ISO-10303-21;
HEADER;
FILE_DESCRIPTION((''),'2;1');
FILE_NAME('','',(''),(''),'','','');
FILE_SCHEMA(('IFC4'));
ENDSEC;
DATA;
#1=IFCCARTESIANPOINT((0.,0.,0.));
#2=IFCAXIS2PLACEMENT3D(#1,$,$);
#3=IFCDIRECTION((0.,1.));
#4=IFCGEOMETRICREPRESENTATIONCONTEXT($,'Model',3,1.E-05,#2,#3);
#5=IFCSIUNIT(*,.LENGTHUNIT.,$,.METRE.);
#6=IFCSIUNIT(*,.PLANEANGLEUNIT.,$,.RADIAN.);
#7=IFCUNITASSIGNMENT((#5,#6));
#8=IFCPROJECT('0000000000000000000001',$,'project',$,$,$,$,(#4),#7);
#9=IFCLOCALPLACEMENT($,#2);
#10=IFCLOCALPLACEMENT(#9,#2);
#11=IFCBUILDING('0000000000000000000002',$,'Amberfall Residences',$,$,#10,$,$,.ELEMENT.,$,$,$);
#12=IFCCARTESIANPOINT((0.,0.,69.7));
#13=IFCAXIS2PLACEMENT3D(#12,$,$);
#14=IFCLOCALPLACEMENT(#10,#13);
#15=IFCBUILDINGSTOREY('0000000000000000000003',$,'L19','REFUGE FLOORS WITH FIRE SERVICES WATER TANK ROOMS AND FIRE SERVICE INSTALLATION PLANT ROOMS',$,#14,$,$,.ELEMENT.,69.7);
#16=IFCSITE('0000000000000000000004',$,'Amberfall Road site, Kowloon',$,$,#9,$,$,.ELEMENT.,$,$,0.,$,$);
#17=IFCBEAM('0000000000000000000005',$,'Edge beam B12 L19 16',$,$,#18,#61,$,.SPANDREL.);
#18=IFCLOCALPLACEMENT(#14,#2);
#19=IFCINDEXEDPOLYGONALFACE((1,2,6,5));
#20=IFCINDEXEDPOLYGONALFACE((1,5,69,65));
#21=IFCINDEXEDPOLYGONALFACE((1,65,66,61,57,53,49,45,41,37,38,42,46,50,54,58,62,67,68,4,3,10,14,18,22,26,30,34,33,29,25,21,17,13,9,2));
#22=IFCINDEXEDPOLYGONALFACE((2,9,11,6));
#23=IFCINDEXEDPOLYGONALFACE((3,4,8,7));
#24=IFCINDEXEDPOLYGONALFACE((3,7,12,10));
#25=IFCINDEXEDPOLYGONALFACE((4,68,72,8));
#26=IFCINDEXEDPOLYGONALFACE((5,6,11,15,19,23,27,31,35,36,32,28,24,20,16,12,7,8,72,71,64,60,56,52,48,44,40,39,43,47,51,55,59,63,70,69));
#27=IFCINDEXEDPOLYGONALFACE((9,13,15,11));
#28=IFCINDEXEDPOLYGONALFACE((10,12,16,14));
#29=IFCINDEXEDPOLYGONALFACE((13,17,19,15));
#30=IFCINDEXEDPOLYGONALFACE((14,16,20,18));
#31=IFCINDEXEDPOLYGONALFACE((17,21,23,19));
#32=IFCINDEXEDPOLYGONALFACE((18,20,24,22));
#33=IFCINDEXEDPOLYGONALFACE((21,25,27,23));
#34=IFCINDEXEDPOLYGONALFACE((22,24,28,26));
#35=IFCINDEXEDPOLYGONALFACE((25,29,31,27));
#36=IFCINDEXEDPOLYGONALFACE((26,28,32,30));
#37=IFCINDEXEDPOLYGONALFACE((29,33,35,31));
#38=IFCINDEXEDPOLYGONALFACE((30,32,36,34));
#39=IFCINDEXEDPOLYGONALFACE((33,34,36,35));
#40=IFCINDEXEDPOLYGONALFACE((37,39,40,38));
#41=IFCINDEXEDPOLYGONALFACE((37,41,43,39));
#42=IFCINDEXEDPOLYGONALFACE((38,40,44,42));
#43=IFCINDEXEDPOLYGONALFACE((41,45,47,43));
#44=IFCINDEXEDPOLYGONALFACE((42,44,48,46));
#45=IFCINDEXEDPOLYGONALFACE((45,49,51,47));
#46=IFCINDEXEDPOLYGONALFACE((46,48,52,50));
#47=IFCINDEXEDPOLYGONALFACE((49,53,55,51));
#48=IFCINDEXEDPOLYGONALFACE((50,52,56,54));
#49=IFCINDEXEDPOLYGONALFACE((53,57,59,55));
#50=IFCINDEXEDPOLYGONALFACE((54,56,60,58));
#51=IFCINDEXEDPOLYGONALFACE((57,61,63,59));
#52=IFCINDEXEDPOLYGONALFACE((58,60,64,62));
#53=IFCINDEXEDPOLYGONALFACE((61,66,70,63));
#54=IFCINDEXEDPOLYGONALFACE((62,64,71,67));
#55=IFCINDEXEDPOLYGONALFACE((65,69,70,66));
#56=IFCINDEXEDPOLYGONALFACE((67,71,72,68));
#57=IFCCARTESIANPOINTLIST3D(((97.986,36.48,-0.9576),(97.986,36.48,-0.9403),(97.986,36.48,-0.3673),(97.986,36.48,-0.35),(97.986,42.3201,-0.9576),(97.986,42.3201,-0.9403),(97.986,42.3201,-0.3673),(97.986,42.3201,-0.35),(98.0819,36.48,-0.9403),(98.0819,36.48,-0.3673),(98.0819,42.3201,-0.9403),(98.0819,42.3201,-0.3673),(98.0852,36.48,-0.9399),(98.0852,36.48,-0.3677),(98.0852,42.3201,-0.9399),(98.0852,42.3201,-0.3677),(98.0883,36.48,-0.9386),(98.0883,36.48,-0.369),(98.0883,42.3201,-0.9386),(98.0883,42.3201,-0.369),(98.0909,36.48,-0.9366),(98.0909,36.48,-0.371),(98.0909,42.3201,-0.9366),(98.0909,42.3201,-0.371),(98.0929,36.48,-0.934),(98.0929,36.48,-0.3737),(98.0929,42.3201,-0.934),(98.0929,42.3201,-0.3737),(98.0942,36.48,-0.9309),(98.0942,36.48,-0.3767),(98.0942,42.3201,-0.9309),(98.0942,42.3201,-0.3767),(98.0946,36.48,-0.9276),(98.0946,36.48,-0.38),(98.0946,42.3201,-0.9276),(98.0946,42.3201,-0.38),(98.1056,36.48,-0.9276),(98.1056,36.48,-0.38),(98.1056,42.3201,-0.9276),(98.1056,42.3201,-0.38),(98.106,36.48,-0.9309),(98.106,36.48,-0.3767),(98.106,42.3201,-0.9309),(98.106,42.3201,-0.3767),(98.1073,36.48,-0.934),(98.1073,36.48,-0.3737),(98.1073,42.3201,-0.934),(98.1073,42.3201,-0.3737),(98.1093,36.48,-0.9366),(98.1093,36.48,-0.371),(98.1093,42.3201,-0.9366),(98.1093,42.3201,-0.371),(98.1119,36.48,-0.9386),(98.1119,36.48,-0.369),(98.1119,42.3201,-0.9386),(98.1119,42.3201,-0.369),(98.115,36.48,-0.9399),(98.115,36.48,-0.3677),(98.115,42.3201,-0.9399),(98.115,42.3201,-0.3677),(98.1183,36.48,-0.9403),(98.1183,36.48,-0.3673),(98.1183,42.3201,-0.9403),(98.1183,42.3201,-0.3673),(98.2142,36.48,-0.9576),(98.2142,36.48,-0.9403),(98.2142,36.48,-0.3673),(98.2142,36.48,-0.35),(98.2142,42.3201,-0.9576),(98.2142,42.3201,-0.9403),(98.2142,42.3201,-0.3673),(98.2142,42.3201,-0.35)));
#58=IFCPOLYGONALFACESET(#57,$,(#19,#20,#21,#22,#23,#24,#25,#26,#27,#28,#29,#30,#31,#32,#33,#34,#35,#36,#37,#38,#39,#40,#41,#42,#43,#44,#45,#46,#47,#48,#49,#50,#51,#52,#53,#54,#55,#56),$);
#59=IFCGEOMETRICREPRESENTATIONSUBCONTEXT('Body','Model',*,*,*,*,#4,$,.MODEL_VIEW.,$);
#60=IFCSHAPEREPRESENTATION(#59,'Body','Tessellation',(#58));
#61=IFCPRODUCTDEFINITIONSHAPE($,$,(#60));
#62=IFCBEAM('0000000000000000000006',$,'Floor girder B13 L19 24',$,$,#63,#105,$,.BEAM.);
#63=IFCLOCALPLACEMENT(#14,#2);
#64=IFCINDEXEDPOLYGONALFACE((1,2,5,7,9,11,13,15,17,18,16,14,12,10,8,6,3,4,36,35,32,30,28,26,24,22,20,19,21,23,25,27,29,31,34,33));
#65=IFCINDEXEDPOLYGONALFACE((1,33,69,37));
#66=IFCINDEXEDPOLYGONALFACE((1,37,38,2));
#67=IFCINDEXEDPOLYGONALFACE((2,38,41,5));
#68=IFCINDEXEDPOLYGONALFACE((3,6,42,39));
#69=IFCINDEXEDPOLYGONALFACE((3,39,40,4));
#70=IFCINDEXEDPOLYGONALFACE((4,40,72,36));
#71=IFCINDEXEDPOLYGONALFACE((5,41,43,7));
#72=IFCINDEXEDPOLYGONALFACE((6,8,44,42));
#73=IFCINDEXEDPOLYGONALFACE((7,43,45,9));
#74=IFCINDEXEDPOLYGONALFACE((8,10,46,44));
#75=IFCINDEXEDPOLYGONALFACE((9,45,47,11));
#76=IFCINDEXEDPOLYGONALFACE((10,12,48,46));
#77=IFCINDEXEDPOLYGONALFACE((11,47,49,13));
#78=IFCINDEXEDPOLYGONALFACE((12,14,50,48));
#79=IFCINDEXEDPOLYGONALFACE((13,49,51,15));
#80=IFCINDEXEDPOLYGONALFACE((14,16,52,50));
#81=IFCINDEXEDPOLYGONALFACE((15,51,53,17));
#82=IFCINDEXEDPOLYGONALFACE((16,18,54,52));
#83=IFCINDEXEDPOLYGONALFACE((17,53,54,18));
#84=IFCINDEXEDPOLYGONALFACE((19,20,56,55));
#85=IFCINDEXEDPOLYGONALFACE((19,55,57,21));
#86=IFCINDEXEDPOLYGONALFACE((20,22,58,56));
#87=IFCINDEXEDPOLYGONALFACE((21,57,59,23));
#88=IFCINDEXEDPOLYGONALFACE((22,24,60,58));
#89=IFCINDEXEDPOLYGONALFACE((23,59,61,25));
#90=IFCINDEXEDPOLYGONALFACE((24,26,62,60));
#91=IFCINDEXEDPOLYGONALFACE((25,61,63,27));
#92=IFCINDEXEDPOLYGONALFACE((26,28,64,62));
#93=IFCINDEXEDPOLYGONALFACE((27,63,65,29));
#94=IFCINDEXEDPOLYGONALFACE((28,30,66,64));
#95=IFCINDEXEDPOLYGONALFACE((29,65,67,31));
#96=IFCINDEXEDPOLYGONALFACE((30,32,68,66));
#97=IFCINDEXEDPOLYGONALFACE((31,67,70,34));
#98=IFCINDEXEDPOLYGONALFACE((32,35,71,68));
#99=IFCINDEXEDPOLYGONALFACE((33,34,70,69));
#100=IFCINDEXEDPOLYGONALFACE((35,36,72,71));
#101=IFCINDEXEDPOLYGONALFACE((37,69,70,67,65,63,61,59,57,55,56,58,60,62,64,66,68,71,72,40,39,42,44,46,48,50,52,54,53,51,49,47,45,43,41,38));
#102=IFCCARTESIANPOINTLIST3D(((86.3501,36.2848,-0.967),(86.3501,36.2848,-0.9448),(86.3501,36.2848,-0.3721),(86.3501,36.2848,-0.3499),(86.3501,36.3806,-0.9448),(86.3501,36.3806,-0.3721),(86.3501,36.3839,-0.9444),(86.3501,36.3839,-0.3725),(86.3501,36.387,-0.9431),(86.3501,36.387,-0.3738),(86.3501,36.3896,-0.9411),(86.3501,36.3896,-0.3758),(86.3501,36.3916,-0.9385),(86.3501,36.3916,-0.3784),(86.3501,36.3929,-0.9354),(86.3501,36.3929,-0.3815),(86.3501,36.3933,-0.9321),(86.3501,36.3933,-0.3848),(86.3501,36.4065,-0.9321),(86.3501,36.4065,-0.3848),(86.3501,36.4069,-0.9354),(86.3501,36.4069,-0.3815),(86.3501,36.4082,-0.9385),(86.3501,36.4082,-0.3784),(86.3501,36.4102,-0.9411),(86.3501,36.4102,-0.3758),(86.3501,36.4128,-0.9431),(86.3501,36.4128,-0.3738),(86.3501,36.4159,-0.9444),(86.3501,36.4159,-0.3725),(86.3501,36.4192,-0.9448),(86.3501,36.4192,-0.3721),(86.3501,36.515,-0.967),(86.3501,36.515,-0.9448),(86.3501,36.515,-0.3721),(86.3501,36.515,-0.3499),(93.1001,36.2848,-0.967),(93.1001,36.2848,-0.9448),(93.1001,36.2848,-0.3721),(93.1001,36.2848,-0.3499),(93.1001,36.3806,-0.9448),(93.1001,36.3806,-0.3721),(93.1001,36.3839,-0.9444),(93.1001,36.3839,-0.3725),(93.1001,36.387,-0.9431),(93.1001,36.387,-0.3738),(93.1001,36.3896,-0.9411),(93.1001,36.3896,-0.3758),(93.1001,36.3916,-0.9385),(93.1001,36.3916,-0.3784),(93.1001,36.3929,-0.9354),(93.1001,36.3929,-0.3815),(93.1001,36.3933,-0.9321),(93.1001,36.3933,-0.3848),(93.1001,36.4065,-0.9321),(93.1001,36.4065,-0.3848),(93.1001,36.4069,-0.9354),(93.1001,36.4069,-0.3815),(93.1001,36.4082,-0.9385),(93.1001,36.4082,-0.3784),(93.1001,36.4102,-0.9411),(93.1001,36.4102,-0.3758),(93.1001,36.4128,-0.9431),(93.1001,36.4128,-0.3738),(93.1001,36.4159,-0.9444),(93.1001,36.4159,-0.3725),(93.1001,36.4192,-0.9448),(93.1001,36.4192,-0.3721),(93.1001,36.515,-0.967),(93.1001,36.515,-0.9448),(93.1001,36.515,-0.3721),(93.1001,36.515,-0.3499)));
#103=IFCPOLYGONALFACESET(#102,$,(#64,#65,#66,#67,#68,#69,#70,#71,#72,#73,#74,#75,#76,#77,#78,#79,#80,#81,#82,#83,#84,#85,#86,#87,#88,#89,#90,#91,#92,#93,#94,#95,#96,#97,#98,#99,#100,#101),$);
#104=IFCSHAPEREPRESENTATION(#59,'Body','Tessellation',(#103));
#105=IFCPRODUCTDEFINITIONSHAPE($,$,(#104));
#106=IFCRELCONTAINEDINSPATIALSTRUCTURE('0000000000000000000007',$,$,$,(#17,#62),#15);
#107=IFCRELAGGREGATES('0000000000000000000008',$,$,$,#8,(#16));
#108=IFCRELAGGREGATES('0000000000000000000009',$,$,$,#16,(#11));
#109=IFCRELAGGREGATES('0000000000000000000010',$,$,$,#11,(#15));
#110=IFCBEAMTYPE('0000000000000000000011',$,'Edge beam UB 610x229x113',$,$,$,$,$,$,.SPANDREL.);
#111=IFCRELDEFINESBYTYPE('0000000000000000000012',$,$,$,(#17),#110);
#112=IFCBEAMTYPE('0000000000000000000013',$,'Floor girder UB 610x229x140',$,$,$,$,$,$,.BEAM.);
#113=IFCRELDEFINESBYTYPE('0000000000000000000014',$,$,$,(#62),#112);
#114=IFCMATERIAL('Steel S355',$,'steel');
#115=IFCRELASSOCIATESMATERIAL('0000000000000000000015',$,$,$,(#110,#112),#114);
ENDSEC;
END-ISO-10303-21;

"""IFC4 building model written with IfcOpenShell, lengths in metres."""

from ifc_helpers import new_model, si_unit, direction, frame, origin, origin_2d, place, context, subcontext, project, spatial, i_section, extrude, material, material_profile, profile_set, type_object, element, save


model = new_model("IFC4")

# Units and contexts
model_context = context("Model", 3, precision=1e-05, world=origin(), true_north=direction((0.0, 1.0)))
body_context = subcontext(model_context, "Body", "Model", "MODEL_VIEW")
ifc_project = project(units=[si_unit("LENGTHUNIT", "METRE"), si_unit("PLANEANGLEUNIT", "RADIAN")], contexts=[model_context])

# Site, building, storey
site_placement = place(None, origin())
site = spatial("IfcSite", under=ifc_project, at=site_placement, Name="Amberfall Road site, Kowloon", CompositionType="ELEMENT", RefElevation=0.0)
building_placement = place(site_placement, origin())
building = spatial("IfcBuilding", under=site, at=building_placement, Name="Amberfall Residences", CompositionType="ELEMENT")
storey_placement = place(building_placement, frame((0.0, 0.0, 69.7)))
storey = spatial("IfcBuildingStorey", under=building, at=storey_placement, Name="L19", Description="REFUGE FLOORS WITH FIRE SERVICES WATER TANK ROOMS AND FIRE SERVICE INSTALLATION PLANT ROOMS", CompositionType="ELEMENT", Elevation=69.7)

# Shared definitions
ifc_material_1 = material(Name="Steel S355", Category="steel")

# Beams
ifc_material_profile_1 = material_profile(ifc_material_1, i_section(OverallWidth=0.2283, OverallDepth=0.6077, WebThickness=0.011, FlangeThickness=0.0173, FilletRadius=0.0127, at=origin_2d()), Name="UB 610x229x113")
ifc_profile_set_1 = profile_set([ifc_material_profile_1], Name="Steel S355")
beam_type_1 = type_object("IfcBeamType", Name="Edge beam UB 610x229x113", PredefinedType="SPANDREL", material=ifc_profile_set_1)
beam_1_placement = place(storey_placement, frame((98.1001, 36.48, -0.6538), z_axis=(0.0, 1.0, 0.0), x_axis=(-1.0, 0.0, 0.0)))
element("IfcBeam", 1, at=beam_1_placement, inside=storey, type_object=beam_type_1, Name="Edge beam B12 L19 16", PredefinedType="SPANDREL", context=body_context, shape_type="SweptSolid", body=[
    extrude(i_section(OverallWidth=0.2283, OverallDepth=0.6077, WebThickness=0.011, FlangeThickness=0.0173, FilletRadius=0.0127, at=origin_2d()), origin(), (0.0, 0.0, 1.0), 5.8401),
])
ifc_material_profile_2 = material_profile(ifc_material_1, i_section(OverallWidth=0.2302, OverallDepth=0.6172, WebThickness=0.0132, FlangeThickness=0.0222, FilletRadius=0.0127, at=origin_2d()), Name="UB 610x229x140")
ifc_profile_set_2 = profile_set([ifc_material_profile_2], Name="Steel S355")
beam_type_2 = type_object("IfcBeamType", Name="Floor girder UB 610x229x140", PredefinedType="BEAM", material=ifc_profile_set_2)
beam_2_placement = place(storey_placement, frame((93.1001, 36.3999, -0.6584), z_axis=(-1.0, 0.0, 0.0), x_axis=(0.0, -1.0, 0.0)))
element("IfcBeam", 2, at=beam_2_placement, inside=storey, type_object=beam_type_2, Name="Floor girder B13 L19 24", PredefinedType="BEAM", context=body_context, shape_type="SweptSolid", body=[
    extrude(i_section(OverallWidth=0.2302, OverallDepth=0.6172, WebThickness=0.0132, FlangeThickness=0.0222, FilletRadius=0.0127, at=origin_2d()), origin(), (0.0, 0.0, 1.0), 6.75),
])

save(model, "model.ifc")
